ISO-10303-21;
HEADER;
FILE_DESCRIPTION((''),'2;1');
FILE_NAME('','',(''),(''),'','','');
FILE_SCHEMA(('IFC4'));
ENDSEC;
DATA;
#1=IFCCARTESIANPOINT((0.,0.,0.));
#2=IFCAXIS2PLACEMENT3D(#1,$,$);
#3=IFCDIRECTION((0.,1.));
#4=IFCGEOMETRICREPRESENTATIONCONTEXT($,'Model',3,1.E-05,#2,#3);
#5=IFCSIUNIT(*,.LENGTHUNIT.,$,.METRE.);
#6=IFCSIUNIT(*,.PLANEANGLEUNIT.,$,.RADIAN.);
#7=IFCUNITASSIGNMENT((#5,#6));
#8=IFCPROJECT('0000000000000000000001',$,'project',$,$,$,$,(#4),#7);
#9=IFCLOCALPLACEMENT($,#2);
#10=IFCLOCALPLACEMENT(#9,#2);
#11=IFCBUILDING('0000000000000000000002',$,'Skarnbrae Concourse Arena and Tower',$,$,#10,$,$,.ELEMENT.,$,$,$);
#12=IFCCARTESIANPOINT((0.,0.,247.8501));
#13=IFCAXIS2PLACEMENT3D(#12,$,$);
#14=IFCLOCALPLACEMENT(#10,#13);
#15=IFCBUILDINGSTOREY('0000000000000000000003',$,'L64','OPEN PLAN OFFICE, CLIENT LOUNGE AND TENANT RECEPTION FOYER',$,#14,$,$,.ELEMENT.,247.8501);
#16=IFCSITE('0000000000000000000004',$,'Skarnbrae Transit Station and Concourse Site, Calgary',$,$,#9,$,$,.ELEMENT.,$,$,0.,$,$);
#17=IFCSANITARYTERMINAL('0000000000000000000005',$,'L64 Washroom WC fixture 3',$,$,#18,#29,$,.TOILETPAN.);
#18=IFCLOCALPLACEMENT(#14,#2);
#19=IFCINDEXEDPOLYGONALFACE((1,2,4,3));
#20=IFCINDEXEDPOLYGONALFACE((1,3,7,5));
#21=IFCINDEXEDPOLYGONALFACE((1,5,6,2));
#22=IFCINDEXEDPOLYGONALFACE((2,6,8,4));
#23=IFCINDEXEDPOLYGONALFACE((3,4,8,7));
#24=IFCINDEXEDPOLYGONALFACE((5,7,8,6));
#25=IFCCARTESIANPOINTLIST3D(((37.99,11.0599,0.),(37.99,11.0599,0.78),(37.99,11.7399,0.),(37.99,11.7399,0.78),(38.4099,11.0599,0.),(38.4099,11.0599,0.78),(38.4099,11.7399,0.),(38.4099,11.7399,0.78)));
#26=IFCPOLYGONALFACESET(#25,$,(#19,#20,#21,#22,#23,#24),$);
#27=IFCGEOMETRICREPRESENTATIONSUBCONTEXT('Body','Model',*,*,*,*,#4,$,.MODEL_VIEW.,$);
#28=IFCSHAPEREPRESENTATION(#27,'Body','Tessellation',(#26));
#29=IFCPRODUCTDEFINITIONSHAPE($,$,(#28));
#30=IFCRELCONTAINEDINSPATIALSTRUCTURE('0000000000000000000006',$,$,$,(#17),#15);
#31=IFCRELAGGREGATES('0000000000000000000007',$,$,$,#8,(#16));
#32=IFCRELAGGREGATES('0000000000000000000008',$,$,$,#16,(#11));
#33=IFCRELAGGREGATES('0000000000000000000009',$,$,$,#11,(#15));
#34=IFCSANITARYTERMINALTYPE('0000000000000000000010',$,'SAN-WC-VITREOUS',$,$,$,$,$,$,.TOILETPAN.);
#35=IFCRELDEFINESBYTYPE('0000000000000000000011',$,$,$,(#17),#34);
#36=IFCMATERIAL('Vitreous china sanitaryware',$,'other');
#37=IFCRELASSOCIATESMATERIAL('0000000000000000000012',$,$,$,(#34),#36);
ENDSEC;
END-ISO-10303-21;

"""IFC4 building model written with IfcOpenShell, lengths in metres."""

from ifc_helpers import new_model, si_unit, direction, frame, origin, origin_2d, place, context, subcontext, project, spatial, rectangle, extrude, source, transform, mapped, material, type_object, element, save


model = new_model("IFC4")

# Units and contexts
model_context = context("Model", 3, precision=1e-05, world=origin(), true_north=direction((0.0, 1.0)))
body_context = subcontext(model_context, "Body", "Model", "MODEL_VIEW")
ifc_project = project(units=[si_unit("LENGTHUNIT", "METRE"), si_unit("PLANEANGLEUNIT", "RADIAN")], contexts=[model_context])

# Site, building, storey
site_placement = place(None, origin())
site = spatial("IfcSite", under=ifc_project, at=site_placement, Name="Skarnbrae Transit Station and Concourse Site, Calgary", CompositionType="ELEMENT", RefElevation=0.0)
building_placement = place(site_placement, origin())
building = spatial("IfcBuilding", under=site, at=building_placement, Name="Skarnbrae Concourse Arena and Tower", CompositionType="ELEMENT")
storey_placement = place(building_placement, frame((0.0, 0.0, 247.8501)))
storey = spatial("IfcBuildingStorey", under=building, at=storey_placement, Name="L64", Description="OPEN PLAN OFFICE, CLIENT LOUNGE AND TENANT RECEPTION FOYER", CompositionType="ELEMENT", Elevation=247.8501)

# Sanitary terminal
ifc_material_1 = material(Name="Vitreous china sanitaryware", Category="other")
sanitary_terminal_type = type_object("IfcSanitaryTerminalType", Name="SAN-WC-VITREOUS", PredefinedType="TOILETPAN", material=ifc_material_1)
shared_shape_1 = source(origin(), body_context, "Body", "SweptSolid", [
    extrude(rectangle(XDim=0.4199, YDim=0.6799, at=origin_2d()), origin(), (0.0, 0.0, 1.0), 0.78),
])
for number, where, z_axis, x_axis, name in (
    (1, (38.2, 11.3999, 0.0), (0.0, 0.0, 1.0), (1.0, 0.0, 0.0), "L64 Washroom WC fixture 3"),
):
    element("IfcSanitaryTerminal", number, at=place(storey_placement, frame(where, z_axis=z_axis, x_axis=x_axis)), inside=storey, type_object=sanitary_terminal_type, Name=name, PredefinedType="TOILETPAN", context=body_context, shape_type="MappedRepresentation", body=[
        mapped(shared_shape_1, transform((0.0, 0.0, 0.0))),
    ])

save(model, "model.ifc")
